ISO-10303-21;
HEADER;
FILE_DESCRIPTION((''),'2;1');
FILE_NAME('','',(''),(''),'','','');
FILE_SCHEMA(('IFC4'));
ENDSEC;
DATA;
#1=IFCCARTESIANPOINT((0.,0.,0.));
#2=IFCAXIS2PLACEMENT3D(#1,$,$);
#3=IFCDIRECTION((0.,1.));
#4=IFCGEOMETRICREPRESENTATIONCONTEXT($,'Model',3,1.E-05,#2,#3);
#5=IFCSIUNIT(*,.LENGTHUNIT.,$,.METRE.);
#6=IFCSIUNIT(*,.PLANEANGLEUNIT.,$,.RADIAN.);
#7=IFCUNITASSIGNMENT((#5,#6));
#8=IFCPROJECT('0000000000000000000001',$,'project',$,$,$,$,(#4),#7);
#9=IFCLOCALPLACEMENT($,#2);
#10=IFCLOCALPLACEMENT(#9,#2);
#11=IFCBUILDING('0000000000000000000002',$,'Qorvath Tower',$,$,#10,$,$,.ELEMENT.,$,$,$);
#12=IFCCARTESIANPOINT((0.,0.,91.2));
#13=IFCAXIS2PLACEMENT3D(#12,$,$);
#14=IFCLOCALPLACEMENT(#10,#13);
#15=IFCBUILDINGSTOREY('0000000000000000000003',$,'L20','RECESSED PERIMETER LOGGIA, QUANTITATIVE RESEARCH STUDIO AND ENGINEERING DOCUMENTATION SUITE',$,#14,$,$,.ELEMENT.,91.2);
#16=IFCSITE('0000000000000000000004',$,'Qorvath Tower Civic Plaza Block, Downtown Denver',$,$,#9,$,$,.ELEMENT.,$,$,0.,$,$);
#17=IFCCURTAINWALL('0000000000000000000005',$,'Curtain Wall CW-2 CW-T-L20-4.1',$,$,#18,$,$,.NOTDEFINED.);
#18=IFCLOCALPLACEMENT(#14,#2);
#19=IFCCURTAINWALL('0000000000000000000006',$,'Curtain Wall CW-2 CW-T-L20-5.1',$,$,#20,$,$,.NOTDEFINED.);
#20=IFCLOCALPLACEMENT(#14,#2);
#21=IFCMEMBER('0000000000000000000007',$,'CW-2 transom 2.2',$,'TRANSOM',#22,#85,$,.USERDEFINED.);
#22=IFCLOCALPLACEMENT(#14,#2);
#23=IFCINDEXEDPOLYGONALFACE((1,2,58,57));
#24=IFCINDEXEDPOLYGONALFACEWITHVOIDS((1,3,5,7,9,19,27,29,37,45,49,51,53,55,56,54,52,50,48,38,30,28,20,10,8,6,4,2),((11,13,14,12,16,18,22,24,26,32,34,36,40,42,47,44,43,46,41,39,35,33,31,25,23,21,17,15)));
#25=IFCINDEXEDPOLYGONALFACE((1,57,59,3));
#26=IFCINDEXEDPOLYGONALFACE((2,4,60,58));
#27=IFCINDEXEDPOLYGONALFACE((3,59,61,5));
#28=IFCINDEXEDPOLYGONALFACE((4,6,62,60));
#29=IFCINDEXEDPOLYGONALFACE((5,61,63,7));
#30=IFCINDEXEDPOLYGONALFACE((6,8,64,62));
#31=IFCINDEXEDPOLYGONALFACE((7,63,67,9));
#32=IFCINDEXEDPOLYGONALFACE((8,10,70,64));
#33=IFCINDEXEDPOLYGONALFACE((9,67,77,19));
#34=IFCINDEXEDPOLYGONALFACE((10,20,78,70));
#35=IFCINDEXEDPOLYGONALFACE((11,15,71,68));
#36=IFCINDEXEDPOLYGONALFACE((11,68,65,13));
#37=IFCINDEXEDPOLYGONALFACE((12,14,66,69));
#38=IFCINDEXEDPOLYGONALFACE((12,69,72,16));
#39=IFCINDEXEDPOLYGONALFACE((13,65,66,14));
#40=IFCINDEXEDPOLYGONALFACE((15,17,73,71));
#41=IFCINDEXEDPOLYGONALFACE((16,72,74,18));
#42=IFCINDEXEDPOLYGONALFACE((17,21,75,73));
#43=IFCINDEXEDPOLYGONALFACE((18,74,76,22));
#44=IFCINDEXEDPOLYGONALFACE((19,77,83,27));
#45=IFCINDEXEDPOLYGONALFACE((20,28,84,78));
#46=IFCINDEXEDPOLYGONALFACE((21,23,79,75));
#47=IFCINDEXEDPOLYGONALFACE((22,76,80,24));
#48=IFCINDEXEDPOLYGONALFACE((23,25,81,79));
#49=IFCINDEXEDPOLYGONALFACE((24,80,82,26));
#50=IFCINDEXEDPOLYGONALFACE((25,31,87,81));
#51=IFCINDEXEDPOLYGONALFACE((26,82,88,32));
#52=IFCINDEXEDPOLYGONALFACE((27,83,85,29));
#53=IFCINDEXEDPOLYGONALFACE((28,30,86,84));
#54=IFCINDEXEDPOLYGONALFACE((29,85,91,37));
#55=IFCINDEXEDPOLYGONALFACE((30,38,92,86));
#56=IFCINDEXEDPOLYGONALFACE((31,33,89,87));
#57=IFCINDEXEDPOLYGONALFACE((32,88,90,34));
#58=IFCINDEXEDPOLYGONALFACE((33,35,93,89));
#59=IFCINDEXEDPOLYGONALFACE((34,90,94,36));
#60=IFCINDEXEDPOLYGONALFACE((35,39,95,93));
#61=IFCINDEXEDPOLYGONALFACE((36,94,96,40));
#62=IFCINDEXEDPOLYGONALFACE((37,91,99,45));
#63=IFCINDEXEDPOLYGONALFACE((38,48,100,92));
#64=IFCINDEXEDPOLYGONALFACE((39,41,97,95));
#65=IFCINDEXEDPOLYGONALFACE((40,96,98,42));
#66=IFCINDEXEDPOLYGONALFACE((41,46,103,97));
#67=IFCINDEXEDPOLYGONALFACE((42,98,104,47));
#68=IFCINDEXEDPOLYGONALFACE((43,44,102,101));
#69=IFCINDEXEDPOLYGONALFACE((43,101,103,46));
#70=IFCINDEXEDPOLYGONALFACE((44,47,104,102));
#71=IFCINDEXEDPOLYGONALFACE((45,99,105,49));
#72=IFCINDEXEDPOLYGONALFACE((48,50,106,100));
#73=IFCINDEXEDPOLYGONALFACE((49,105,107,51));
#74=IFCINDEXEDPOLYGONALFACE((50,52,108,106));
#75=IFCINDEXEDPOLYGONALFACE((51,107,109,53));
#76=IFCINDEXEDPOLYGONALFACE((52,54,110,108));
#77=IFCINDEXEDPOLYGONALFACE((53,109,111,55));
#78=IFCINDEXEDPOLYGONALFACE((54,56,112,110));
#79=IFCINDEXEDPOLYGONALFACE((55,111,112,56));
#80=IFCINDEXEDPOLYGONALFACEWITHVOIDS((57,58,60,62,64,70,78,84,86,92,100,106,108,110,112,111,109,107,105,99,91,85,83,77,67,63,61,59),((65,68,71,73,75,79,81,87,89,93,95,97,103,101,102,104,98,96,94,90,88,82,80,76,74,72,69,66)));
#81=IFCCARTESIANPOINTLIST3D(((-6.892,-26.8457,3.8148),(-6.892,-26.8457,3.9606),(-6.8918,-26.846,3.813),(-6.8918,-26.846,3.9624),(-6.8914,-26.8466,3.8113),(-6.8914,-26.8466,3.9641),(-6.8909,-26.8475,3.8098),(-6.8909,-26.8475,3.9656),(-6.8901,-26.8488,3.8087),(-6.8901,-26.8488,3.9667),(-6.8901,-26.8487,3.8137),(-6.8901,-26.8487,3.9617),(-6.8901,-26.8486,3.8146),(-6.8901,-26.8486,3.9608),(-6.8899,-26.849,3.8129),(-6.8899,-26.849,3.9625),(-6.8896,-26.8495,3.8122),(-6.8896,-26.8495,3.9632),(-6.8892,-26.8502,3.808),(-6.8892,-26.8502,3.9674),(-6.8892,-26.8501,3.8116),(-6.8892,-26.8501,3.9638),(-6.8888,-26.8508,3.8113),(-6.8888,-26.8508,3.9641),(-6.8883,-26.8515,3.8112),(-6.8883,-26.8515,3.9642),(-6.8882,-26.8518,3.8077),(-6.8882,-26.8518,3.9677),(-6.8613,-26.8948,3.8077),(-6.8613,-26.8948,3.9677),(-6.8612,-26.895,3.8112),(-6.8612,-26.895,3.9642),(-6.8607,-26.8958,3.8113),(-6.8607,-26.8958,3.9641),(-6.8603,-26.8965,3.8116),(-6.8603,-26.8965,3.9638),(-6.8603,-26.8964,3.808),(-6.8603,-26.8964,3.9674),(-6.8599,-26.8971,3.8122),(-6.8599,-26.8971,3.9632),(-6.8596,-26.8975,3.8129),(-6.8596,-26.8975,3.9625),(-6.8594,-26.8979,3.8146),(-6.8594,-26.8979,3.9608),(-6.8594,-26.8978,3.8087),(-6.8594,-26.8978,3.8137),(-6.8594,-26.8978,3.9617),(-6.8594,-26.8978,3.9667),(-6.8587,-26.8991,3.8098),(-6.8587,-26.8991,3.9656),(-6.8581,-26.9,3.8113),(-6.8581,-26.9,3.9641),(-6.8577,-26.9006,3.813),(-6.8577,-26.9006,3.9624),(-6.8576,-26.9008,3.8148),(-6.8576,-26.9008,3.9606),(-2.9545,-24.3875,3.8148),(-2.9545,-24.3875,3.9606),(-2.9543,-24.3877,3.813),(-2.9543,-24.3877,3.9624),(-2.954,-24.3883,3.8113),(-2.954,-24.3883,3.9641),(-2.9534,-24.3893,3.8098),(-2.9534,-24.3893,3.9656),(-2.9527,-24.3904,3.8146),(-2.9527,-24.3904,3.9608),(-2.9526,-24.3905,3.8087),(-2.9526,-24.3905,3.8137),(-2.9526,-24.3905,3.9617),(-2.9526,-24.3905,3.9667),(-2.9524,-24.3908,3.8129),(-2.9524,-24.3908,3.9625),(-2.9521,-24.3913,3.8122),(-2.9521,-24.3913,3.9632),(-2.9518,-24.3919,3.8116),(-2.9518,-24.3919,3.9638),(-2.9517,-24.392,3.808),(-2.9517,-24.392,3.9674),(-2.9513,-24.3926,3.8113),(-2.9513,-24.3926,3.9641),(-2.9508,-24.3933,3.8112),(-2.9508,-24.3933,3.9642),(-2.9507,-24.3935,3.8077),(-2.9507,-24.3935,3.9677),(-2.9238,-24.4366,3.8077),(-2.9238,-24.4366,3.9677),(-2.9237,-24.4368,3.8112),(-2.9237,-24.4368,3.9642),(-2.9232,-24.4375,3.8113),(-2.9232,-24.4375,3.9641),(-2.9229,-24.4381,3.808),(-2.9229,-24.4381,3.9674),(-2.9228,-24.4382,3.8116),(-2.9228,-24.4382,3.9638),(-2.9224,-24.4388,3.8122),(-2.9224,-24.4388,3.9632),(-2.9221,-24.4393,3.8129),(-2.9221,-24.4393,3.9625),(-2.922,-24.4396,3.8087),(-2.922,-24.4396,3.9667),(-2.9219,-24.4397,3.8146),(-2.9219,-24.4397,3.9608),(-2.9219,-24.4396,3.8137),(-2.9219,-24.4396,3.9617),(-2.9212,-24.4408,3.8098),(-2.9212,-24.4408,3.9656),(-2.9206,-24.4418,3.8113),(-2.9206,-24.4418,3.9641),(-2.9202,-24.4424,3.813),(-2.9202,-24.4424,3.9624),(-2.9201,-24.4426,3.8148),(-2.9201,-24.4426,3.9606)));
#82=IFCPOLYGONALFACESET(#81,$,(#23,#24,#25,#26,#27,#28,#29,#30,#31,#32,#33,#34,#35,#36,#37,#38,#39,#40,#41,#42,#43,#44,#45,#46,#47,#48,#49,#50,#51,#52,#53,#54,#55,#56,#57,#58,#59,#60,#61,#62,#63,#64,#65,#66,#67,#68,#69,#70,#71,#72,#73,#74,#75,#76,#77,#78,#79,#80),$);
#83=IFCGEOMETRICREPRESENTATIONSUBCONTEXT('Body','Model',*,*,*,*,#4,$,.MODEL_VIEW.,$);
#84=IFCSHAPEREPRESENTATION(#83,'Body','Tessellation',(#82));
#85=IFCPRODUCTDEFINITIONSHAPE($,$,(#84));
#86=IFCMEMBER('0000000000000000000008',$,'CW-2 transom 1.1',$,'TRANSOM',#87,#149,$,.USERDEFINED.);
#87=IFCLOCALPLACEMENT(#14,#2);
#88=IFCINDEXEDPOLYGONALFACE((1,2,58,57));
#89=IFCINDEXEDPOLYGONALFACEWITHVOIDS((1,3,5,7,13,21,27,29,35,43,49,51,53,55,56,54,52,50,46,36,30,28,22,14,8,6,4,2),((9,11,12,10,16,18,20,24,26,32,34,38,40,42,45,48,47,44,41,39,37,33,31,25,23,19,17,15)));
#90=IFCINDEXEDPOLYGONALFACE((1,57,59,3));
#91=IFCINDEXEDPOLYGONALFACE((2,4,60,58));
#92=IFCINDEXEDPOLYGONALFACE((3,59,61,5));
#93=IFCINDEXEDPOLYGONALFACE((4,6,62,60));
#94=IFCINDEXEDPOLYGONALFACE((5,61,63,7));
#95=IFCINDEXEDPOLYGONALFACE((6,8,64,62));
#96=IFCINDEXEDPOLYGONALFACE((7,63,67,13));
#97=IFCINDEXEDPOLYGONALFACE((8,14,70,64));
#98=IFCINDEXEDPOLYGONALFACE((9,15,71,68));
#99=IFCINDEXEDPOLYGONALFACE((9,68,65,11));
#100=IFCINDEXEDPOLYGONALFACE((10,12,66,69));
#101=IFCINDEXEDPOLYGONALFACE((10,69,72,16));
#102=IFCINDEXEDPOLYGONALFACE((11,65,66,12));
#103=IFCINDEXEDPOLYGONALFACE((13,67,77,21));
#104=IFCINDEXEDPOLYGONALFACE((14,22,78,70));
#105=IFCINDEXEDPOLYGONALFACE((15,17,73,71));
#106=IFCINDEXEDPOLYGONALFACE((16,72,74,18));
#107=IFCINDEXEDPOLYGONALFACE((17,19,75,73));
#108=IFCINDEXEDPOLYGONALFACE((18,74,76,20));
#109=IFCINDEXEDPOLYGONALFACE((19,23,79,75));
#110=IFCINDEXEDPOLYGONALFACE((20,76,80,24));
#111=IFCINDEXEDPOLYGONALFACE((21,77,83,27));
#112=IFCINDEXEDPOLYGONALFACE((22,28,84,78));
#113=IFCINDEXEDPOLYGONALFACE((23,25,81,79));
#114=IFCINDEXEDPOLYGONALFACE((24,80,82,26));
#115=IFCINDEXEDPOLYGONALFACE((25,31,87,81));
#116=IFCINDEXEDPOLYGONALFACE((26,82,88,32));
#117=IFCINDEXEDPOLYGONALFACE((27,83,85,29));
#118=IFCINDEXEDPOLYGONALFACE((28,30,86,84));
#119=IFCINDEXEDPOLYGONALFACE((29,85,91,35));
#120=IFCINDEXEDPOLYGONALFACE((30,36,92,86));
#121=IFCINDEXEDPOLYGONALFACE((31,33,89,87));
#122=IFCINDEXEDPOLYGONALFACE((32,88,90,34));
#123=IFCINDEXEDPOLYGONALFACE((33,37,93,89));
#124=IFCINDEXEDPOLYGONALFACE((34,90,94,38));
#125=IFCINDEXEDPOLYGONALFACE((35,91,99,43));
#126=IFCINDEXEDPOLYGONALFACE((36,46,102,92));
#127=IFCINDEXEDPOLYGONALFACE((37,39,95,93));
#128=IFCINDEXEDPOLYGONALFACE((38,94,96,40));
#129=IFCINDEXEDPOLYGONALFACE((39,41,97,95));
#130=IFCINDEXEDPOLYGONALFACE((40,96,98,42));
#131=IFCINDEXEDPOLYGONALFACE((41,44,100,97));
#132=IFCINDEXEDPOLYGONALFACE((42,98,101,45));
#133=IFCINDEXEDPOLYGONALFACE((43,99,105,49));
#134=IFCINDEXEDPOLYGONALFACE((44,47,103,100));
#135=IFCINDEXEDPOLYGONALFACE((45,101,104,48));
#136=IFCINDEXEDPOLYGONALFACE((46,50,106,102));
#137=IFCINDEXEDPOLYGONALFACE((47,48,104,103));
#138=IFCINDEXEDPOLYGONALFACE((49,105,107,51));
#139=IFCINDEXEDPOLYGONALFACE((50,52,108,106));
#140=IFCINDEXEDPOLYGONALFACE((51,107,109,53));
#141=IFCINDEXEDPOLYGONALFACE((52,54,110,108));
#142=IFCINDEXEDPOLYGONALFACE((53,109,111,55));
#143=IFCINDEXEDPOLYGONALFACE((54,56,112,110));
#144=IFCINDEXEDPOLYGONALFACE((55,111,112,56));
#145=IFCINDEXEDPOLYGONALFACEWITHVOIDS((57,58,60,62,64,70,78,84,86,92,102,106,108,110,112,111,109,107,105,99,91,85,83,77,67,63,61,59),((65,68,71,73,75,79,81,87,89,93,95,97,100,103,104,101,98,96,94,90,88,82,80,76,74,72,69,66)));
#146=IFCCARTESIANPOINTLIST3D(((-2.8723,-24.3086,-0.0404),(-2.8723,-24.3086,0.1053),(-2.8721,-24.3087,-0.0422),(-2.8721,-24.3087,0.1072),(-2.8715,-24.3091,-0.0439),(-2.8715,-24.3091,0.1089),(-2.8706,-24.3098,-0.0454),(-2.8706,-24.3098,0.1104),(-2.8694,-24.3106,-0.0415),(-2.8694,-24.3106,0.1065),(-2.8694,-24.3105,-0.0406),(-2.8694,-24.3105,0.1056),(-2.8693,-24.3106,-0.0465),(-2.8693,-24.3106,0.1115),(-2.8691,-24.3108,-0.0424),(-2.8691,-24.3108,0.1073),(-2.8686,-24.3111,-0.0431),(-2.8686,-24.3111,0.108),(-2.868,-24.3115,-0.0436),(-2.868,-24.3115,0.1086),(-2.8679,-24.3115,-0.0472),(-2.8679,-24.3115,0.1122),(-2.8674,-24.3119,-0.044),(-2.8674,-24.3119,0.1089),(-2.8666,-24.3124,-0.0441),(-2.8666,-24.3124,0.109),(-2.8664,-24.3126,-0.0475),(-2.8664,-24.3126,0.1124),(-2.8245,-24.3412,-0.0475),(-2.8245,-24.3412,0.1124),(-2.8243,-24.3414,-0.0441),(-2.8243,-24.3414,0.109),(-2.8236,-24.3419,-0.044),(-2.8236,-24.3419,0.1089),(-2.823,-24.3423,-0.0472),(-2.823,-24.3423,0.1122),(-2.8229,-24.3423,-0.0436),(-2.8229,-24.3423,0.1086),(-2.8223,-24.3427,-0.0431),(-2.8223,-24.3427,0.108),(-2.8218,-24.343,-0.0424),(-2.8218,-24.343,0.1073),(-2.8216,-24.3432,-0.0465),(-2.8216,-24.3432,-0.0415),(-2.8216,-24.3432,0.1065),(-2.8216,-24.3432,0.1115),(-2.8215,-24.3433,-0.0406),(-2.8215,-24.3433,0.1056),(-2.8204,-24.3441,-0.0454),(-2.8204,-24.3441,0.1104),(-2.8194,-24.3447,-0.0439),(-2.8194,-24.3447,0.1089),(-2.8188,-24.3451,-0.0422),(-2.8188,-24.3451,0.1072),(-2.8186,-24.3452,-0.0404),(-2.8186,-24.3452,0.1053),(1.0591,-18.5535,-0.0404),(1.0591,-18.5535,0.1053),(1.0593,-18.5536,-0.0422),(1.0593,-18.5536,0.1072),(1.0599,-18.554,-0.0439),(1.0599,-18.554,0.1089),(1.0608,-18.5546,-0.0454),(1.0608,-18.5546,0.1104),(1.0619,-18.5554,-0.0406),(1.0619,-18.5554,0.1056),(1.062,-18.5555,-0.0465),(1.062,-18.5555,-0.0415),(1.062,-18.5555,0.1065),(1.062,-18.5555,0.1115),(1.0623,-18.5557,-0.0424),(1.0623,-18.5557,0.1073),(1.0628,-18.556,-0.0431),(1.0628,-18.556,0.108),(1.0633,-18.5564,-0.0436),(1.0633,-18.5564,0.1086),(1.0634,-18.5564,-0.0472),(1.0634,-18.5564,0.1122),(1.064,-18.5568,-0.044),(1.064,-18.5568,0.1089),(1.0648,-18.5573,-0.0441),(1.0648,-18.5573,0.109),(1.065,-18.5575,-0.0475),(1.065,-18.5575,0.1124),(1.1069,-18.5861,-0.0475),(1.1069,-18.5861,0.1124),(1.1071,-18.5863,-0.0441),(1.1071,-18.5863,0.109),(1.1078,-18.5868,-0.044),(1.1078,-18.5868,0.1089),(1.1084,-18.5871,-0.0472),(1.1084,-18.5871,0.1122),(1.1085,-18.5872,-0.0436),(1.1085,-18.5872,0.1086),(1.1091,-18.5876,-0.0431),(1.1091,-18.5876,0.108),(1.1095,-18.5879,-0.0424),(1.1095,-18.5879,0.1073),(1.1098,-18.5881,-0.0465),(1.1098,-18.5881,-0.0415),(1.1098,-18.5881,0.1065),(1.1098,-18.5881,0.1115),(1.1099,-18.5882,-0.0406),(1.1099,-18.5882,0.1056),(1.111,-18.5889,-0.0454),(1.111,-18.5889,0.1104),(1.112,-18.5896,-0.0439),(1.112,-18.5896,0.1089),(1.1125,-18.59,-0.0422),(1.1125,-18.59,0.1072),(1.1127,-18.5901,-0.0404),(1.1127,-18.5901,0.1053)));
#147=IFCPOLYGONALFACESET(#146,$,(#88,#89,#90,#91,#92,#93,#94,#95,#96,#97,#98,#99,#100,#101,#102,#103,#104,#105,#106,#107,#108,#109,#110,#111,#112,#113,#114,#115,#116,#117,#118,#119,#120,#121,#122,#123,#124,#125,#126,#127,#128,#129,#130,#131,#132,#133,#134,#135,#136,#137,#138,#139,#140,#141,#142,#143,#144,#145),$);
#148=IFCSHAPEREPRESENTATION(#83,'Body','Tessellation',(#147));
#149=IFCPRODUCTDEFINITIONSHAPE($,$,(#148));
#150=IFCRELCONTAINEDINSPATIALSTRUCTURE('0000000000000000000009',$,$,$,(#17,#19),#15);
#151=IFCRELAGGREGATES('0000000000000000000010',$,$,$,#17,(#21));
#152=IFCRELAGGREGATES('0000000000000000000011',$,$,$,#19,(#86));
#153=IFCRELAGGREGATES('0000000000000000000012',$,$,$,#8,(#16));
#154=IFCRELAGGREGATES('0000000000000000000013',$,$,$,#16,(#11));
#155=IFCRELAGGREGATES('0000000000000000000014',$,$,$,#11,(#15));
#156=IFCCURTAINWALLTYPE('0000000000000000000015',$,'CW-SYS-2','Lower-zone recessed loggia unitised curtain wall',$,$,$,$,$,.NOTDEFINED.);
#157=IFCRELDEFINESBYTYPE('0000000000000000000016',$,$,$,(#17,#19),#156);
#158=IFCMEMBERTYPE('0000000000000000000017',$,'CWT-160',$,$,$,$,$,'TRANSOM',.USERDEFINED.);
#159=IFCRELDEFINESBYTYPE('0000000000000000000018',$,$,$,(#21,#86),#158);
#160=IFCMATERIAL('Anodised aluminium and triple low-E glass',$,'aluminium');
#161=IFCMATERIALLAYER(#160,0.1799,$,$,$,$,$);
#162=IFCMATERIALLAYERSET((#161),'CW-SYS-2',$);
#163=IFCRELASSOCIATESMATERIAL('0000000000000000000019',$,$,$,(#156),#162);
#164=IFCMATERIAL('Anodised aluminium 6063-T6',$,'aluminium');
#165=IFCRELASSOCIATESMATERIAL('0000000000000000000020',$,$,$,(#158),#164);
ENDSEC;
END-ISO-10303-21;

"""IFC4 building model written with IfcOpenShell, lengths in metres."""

from ifc_helpers import new_model, si_unit, direction, frame, origin, origin_2d, place, context, subcontext, project, spatial, hollow_rectangle, extrude, material, layer, layer_set, material_profile, profile_set, type_object, element, aggregate, save


model = new_model("IFC4")

# Units and contexts
model_context = context("Model", 3, precision=1e-05, world=origin(), true_north=direction((0.0, 1.0)))
body_context = subcontext(model_context, "Body", "Model", "MODEL_VIEW")
ifc_project = project(units=[si_unit("LENGTHUNIT", "METRE"), si_unit("PLANEANGLEUNIT", "RADIAN")], contexts=[model_context])

# Site, building, storey
site_placement = place(None, origin())
site = spatial("IfcSite", under=ifc_project, at=site_placement, Name="Qorvath Tower Civic Plaza Block, Downtown Denver", CompositionType="ELEMENT", RefElevation=0.0)
building_placement = place(site_placement, origin())
building = spatial("IfcBuilding", under=site, at=building_placement, Name="Qorvath Tower", CompositionType="ELEMENT")
storey_placement = place(building_placement, frame((0.0, 0.0, 91.2)))
storey = spatial("IfcBuildingStorey", under=building, at=storey_placement, Name="L20", Description="RECESSED PERIMETER LOGGIA, QUANTITATIVE RESEARCH STUDIO AND ENGINEERING DOCUMENTATION SUITE", CompositionType="ELEMENT", Elevation=91.2)

# Shared definitions
ifc_material_1 = material(Name="Anodised aluminium and triple low-E glass", Category="aluminium")
ifc_layer_1 = layer(ifc_material_1, 0.1799)
ifc_layer_set_1 = layer_set([ifc_layer_1], Name="CW-SYS-2")
curtain_wall_type = type_object("IfcCurtainWallType", Name="CW-SYS-2", Description="Lower-zone recessed loggia unitised curtain wall", PredefinedType="NOTDEFINED", material=ifc_layer_set_1)

# Curtain wall
curtain_wall_1_placement = place(storey_placement, origin())
curtain_wall_1 = element("IfcCurtainWall", 1, at=curtain_wall_1_placement, inside=storey, type_object=curtain_wall_type, Name="Curtain Wall CW-2 CW-T-L20-4.1", PredefinedType="NOTDEFINED")

# Curtain wall
curtain_wall_2_placement = place(storey_placement, origin())
curtain_wall_2 = element("IfcCurtainWall", 2, at=curtain_wall_2_placement, inside=storey, type_object=curtain_wall_type, Name="Curtain Wall CW-2 CW-T-L20-5.1", PredefinedType="NOTDEFINED")

# Members
ifc_material_2 = material(Name="Anodised aluminium 6063-T6", Category="aluminium")
ifc_material_profile_1 = material_profile(ifc_material_2, hollow_rectangle(XDim=0.0649, YDim=0.1599, WallThickness=0.0034, InnerFilletRadius=0.0034, OuterFilletRadius=0.0071, at=origin_2d()), Name="CWT 160x65")
ifc_profile_set_1 = profile_set([ifc_material_profile_1], Name="Anodised aluminium 6063-T6")
member_type_1 = type_object("IfcMemberType", Name="CWT-160", ElementType="TRANSOM", PredefinedType="USERDEFINED", material=ifc_profile_set_1)
member_1_placement = place(storey_placement, frame((-6.8748, -26.8733, 3.8877), z_axis=(0.848258, 0.529583, 0.0), x_axis=(-0.529583, 0.848258, 0.0)))
member_1 = element("IfcMember", 3, at=member_1_placement, type_object=member_type_1, Name="CW-2 transom 2.2", ObjectType="TRANSOM", PredefinedType="USERDEFINED", context=body_context, shape_type="SweptSolid", body=[
    extrude(hollow_rectangle(XDim=0.0649, YDim=0.1599, WallThickness=0.0034, InnerFilletRadius=0.0034, OuterFilletRadius=0.0071, at=origin_2d()), origin(), (0.0, 0.0, 1.0), 4.6418),
])
member_2_placement = place(storey_placement, frame((-2.8455, -24.3269, 0.0325), z_axis=(0.564066, 0.82573, 0.0), x_axis=(-0.82573, 0.564066, 0.0)))
member_2 = element("IfcMember", 4, at=member_2_placement, type_object=member_type_1, Name="CW-2 transom 1.1", ObjectType="TRANSOM", PredefinedType="USERDEFINED", context=body_context, shape_type="SweptSolid", body=[
    extrude(hollow_rectangle(XDim=0.0649, YDim=0.1599, WallThickness=0.0034, InnerFilletRadius=0.0034, OuterFilletRadius=0.0071, at=origin_2d()), origin(), (0.0, 0.0, 1.0), 6.9697),
])

aggregate(curtain_wall_1, [member_1])
aggregate(curtain_wall_2, [member_2])

save(model, "model.ifc")
